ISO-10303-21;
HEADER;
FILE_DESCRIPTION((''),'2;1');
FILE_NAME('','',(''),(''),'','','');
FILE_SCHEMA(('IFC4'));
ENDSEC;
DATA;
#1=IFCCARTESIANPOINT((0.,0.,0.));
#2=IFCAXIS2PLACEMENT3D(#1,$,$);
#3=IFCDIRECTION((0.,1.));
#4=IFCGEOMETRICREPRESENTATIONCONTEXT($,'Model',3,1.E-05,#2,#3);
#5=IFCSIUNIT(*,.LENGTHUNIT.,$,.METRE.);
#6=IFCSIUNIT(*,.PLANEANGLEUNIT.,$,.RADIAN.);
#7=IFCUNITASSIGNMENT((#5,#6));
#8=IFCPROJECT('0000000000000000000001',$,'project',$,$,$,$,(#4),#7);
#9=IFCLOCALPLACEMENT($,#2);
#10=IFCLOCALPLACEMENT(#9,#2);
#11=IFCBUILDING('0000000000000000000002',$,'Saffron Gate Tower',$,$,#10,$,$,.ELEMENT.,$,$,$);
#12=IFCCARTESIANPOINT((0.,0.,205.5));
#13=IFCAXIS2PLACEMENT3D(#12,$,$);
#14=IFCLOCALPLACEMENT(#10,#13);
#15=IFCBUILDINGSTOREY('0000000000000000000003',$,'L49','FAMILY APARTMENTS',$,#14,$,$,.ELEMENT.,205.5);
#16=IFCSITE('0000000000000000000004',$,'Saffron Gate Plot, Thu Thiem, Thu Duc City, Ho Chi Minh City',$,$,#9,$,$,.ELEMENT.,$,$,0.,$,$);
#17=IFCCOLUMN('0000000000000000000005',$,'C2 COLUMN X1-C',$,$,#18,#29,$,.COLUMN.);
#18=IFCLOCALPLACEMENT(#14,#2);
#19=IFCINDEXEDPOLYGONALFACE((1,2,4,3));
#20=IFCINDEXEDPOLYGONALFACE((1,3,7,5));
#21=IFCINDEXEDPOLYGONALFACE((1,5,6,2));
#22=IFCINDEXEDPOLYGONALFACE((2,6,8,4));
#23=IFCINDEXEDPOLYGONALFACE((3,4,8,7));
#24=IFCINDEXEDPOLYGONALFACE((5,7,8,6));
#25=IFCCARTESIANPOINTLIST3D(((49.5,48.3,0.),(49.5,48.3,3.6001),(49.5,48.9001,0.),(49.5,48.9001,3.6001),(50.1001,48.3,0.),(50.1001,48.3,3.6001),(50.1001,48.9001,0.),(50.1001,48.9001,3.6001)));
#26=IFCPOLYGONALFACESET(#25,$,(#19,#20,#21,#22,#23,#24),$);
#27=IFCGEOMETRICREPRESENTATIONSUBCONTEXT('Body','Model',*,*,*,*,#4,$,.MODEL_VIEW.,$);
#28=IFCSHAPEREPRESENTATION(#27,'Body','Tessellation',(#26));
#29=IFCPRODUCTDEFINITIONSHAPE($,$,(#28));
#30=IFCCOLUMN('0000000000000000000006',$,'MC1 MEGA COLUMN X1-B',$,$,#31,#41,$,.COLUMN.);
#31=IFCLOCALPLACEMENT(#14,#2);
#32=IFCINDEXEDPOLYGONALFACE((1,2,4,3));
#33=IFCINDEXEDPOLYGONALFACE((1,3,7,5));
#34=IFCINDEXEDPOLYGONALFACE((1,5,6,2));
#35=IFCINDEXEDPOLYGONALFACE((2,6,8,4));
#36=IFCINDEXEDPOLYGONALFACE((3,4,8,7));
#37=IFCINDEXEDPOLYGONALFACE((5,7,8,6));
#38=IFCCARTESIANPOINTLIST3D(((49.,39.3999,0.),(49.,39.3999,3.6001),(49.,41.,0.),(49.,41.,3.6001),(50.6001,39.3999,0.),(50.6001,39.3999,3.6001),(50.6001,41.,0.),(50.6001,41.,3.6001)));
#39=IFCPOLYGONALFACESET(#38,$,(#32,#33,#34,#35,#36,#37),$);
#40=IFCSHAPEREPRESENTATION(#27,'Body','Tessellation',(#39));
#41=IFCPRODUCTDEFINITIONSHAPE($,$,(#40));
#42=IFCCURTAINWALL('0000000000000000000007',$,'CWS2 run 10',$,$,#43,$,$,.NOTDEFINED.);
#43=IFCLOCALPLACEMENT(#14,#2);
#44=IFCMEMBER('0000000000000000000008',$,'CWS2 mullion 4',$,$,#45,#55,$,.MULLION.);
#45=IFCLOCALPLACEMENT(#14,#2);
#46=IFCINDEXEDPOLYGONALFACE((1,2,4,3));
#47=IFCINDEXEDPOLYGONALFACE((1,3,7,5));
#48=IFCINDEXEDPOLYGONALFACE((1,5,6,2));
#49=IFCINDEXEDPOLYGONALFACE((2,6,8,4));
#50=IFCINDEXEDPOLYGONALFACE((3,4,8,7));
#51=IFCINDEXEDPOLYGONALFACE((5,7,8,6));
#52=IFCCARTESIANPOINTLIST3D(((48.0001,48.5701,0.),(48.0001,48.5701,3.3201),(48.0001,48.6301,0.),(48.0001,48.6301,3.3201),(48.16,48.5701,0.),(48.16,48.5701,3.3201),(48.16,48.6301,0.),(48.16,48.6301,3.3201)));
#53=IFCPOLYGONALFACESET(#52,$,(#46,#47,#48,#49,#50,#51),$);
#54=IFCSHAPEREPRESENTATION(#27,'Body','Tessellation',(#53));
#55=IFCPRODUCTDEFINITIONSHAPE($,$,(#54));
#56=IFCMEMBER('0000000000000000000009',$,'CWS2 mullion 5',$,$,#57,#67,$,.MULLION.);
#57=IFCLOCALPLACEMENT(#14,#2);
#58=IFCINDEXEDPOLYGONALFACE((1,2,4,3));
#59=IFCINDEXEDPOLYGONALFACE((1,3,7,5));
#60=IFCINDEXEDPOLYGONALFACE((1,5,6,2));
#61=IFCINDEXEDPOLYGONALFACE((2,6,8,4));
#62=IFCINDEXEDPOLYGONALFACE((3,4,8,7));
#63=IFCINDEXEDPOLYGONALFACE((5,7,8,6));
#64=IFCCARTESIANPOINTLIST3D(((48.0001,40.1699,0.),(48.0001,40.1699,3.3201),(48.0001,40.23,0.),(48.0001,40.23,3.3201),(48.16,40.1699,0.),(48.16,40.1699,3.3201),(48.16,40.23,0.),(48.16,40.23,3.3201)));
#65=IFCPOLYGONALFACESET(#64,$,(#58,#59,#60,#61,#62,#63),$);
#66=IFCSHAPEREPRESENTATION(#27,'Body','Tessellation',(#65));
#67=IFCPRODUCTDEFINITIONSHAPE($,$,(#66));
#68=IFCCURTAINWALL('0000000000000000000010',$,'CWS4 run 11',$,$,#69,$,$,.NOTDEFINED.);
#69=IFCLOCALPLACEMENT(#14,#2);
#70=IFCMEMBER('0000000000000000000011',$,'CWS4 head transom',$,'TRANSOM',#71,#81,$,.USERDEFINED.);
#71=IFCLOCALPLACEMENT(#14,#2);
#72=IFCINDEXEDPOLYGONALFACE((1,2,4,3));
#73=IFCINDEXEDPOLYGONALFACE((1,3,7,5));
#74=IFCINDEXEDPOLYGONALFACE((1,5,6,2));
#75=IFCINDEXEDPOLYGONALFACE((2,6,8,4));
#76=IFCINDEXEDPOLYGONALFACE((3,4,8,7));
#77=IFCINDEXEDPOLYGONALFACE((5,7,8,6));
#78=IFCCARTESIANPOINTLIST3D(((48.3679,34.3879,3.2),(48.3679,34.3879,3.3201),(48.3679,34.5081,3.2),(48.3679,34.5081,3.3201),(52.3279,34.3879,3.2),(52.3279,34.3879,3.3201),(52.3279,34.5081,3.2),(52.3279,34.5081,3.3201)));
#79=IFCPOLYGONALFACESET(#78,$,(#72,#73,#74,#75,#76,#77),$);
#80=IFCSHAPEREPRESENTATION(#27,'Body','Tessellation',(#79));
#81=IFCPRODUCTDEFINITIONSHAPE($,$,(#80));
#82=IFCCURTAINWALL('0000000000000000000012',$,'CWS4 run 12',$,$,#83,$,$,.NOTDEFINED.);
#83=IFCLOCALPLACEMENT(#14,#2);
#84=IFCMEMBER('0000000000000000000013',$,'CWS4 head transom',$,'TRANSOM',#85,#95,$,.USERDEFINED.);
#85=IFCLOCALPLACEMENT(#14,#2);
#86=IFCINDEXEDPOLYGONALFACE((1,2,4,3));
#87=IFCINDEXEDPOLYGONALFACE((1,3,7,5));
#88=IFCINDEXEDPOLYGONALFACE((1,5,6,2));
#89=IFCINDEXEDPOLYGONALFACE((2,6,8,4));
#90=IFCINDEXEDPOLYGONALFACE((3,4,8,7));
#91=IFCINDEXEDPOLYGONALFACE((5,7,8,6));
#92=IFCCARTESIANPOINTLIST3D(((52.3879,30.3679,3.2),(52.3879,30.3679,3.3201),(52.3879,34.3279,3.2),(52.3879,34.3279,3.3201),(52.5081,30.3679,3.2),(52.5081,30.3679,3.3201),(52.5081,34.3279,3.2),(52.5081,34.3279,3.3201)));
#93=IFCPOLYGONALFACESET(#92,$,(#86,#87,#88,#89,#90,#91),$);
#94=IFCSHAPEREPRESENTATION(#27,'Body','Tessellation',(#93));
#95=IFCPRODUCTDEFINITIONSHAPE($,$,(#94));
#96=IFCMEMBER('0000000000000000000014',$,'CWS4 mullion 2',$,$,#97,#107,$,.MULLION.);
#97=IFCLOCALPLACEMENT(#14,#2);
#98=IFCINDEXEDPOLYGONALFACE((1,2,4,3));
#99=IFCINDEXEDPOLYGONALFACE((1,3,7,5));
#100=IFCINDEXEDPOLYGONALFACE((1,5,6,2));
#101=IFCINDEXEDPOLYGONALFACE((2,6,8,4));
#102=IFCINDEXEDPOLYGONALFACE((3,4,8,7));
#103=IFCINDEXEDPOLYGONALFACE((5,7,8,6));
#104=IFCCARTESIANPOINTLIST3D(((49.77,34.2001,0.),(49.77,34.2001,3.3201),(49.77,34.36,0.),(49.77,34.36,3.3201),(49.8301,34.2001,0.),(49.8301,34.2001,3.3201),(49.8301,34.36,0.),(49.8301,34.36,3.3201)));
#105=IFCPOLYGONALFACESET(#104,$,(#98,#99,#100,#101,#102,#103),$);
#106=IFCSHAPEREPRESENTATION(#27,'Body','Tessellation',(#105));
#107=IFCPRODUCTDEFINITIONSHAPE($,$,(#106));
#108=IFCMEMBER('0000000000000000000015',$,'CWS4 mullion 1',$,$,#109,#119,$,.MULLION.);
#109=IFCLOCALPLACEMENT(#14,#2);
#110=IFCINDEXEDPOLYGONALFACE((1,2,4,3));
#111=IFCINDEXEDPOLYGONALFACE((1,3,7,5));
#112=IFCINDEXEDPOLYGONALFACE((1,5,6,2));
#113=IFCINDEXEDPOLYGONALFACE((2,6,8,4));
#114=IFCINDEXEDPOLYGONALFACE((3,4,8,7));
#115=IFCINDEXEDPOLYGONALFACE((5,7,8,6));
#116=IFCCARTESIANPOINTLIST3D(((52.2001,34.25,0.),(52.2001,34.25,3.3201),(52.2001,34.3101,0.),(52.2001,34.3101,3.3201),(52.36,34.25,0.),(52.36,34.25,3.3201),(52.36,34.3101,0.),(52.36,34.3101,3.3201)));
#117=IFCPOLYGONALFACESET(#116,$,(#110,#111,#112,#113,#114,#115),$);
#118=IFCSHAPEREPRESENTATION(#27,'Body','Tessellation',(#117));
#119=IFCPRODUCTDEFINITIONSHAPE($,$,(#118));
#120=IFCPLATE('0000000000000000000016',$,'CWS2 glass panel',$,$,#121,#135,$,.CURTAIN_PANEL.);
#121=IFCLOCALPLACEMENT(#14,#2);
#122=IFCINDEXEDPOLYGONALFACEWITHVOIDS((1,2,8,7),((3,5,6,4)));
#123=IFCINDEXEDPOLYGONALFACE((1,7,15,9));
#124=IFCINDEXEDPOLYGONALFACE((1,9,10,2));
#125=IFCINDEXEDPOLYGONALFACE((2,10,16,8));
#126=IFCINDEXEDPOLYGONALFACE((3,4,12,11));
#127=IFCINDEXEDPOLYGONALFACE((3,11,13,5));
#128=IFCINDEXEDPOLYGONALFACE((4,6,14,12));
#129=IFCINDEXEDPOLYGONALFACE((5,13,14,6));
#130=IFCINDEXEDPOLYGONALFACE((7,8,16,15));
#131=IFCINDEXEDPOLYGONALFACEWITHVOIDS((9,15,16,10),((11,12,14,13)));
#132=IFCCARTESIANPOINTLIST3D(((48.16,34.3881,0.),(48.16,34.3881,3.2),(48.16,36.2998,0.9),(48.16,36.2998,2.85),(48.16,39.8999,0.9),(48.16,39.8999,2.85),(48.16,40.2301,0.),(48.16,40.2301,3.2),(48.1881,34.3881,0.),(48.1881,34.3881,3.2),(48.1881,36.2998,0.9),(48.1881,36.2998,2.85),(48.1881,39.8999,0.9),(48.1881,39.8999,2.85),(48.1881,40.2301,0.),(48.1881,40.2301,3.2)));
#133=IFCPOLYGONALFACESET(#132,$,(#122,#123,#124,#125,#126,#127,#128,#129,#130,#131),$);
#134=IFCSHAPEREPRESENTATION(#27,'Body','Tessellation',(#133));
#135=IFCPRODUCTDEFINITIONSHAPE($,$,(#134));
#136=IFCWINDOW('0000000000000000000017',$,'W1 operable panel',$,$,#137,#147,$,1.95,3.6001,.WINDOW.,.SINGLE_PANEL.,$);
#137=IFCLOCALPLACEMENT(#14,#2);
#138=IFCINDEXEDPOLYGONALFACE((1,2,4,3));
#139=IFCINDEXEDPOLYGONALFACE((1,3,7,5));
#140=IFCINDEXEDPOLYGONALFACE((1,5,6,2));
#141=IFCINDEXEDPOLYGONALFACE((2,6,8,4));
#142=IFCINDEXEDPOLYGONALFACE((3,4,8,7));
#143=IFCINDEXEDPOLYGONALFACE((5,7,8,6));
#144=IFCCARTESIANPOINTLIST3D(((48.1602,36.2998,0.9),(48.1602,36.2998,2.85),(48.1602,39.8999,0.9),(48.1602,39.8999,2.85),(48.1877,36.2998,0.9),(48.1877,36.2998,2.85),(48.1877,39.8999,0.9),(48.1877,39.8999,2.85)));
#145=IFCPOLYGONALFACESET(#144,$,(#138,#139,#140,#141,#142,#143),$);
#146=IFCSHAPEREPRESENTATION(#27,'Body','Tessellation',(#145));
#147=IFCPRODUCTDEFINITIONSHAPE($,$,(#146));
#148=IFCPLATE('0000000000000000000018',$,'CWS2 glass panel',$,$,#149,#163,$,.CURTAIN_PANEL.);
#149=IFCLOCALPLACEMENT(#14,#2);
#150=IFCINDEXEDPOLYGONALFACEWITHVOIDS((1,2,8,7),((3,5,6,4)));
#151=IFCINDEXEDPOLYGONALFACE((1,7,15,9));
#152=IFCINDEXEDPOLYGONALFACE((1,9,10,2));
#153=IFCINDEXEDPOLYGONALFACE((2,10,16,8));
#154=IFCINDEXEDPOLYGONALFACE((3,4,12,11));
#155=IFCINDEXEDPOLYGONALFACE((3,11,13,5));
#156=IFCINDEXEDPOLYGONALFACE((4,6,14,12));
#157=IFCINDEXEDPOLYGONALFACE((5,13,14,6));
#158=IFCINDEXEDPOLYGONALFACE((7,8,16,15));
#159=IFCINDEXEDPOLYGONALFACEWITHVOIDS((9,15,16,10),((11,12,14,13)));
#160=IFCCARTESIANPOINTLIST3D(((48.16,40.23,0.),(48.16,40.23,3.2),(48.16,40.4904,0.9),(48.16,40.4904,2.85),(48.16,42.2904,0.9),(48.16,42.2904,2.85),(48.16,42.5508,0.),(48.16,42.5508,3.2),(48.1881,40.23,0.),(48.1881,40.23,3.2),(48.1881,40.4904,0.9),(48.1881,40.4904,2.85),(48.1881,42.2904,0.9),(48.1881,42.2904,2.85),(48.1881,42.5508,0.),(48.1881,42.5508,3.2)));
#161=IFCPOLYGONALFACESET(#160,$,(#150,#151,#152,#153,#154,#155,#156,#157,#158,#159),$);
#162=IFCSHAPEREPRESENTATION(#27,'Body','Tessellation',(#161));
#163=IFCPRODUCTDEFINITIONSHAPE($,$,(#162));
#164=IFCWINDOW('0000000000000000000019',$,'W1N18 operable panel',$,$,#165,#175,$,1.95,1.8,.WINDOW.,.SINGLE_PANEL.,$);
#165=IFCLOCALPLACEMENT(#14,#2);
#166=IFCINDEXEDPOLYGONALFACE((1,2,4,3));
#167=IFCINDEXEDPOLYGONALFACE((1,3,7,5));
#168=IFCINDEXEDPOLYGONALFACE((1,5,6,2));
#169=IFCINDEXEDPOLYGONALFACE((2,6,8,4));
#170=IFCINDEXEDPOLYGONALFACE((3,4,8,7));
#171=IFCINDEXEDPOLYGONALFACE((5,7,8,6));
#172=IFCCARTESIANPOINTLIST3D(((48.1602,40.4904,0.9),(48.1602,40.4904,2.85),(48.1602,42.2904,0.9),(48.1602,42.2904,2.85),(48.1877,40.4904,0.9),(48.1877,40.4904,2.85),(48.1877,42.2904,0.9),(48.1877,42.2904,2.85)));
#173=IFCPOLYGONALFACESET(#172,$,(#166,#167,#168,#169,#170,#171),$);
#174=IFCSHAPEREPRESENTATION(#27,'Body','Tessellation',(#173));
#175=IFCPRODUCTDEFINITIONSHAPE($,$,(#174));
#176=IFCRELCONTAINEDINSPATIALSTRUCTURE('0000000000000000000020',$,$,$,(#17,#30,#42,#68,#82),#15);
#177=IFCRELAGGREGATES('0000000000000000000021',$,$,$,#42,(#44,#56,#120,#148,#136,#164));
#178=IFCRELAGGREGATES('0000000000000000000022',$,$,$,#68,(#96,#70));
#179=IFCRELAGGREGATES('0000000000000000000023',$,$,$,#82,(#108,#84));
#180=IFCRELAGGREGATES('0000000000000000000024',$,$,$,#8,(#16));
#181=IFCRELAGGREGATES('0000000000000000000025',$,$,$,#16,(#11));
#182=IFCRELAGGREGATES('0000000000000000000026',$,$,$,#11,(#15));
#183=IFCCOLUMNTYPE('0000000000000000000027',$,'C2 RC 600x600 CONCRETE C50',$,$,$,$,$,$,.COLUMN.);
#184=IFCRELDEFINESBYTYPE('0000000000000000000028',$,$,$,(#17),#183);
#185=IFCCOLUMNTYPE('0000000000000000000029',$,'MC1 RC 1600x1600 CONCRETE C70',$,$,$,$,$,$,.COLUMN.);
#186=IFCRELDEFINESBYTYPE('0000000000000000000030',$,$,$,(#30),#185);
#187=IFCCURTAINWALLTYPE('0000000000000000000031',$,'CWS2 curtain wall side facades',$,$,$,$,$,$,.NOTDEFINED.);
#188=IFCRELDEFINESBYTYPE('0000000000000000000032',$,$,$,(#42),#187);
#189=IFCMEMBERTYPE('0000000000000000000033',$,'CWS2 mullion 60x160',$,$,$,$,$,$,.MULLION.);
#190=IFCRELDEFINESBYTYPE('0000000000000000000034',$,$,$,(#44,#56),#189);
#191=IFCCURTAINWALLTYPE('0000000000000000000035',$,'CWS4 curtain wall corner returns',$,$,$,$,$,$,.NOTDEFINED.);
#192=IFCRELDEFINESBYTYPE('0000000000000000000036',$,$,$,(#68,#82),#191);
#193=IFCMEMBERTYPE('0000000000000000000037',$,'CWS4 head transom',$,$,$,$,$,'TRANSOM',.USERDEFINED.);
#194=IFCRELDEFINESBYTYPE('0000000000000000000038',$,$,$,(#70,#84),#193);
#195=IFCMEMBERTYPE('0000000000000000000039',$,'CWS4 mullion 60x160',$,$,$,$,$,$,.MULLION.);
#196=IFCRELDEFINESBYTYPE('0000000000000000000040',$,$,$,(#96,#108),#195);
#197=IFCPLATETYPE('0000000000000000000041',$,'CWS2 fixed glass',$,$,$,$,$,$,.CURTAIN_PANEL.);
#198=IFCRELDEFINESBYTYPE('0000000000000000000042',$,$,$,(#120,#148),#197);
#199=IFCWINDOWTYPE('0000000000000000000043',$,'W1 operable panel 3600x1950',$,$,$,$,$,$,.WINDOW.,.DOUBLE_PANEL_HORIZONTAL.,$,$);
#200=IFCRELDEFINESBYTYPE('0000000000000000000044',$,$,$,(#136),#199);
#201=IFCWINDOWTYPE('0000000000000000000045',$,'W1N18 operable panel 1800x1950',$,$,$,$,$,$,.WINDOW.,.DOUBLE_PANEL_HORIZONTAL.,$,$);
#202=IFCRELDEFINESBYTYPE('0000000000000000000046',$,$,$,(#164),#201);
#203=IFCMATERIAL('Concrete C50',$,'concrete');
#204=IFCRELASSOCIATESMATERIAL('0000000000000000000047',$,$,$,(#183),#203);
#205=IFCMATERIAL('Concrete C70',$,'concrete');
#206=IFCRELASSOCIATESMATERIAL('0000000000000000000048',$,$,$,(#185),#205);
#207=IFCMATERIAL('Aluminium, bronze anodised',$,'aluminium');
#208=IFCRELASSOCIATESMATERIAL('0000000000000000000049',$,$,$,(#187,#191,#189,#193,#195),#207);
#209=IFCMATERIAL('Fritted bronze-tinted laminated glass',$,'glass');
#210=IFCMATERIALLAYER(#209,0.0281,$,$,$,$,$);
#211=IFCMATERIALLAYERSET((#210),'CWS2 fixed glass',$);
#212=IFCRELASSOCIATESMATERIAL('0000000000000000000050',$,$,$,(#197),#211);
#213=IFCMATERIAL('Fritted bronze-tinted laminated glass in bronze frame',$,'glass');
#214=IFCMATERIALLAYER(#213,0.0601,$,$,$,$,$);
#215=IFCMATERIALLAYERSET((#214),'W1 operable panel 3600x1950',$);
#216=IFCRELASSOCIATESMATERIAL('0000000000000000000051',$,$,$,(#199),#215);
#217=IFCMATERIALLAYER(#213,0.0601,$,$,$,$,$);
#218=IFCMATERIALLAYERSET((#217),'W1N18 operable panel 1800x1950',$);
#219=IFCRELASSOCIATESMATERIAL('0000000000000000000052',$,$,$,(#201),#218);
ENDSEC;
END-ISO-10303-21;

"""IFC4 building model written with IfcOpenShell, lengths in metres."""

from ifc_helpers import new_model, si_unit, direction, frame, frame_2d, origin, origin_2d, place, context, subcontext, project, spatial, rectangle, extrude, material, layer, layer_set, material_profile, profile_set, type_object, element, fill, aggregate, save


model = new_model("IFC4")

# Units and contexts
model_context = context("Model", 3, precision=1e-05, world=origin(), true_north=direction((0.0, 1.0)))
body_context = subcontext(model_context, "Body", "Model", "MODEL_VIEW")
ifc_project = project(units=[si_unit("LENGTHUNIT", "METRE"), si_unit("PLANEANGLEUNIT", "RADIAN")], contexts=[model_context])

# Site, building, storey
site_placement = place(None, origin())
site = spatial("IfcSite", under=ifc_project, at=site_placement, Name="Saffron Gate Plot, Thu Thiem, Thu Duc City, Ho Chi Minh City", CompositionType="ELEMENT", RefElevation=0.0)
building_placement = place(site_placement, origin())
building = spatial("IfcBuilding", under=site, at=building_placement, Name="Saffron Gate Tower", CompositionType="ELEMENT")
storey_placement = place(building_placement, frame((0.0, 0.0, 205.5)))
storey = spatial("IfcBuildingStorey", under=building, at=storey_placement, Name="L49", Description="FAMILY APARTMENTS", CompositionType="ELEMENT", Elevation=205.5)

# Columns
ifc_material_1 = material(Name="Concrete C50", Category="concrete")
ifc_material_profile_1 = material_profile(ifc_material_1, rectangle(XDim=0.6001, YDim=0.6001, at=origin_2d()))
ifc_profile_set_1 = profile_set([ifc_material_profile_1], Name="Concrete C50")
column_type_1 = type_object("IfcColumnType", Name="C2 RC 600x600 CONCRETE C50", PredefinedType="COLUMN", material=ifc_profile_set_1)
column_1_placement = place(storey_placement, frame((49.8, 48.6001, 0.0), z_axis=(0.0, 0.0, 1.0), x_axis=(1.0, 0.0, 0.0)))
element("IfcColumn", 1, at=column_1_placement, inside=storey, type_object=column_type_1, Name="C2 COLUMN X1-C", PredefinedType="COLUMN", context=body_context, shape_type="SweptSolid", body=[
    extrude(rectangle(XDim=0.6001, YDim=0.6001, at=origin_2d()), origin(), (0.0, 0.0, 1.0), 3.6001),
])
ifc_material_2 = material(Name="Concrete C70", Category="concrete")
ifc_material_profile_2 = material_profile(ifc_material_2, rectangle(XDim=1.6001, YDim=1.6001, at=origin_2d()))
ifc_profile_set_2 = profile_set([ifc_material_profile_2], Name="Concrete C70")
column_type_2 = type_object("IfcColumnType", Name="MC1 RC 1600x1600 CONCRETE C70", PredefinedType="COLUMN", material=ifc_profile_set_2)
column_2_placement = place(storey_placement, frame((49.8, 40.2, 0.0), z_axis=(0.0, 0.0, 1.0), x_axis=(1.0, 0.0, 0.0)))
element("IfcColumn", 2, at=column_2_placement, inside=storey, type_object=column_type_2, Name="MC1 MEGA COLUMN X1-B", PredefinedType="COLUMN", context=body_context, shape_type="SweptSolid", body=[
    extrude(rectangle(XDim=1.6001, YDim=1.6001, at=origin_2d()), origin(), (0.0, 0.0, 1.0), 3.6001),
])

# Curtain wall, members
ifc_material_3 = material(Name="Aluminium, bronze anodised", Category="aluminium")
curtain_wall_type_1 = type_object("IfcCurtainWallType", Name="CWS2 curtain wall side facades", PredefinedType="NOTDEFINED", material=ifc_material_3)
curtain_wall_1_placement = place(storey_placement, origin())
curtain_wall_1 = element("IfcCurtainWall", 3, at=curtain_wall_1_placement, inside=storey, type_object=curtain_wall_type_1, Name="CWS2 run 10", PredefinedType="NOTDEFINED")
ifc_material_profile_3 = material_profile(ifc_material_3, rectangle(XDim=0.1599, YDim=0.0601, at=origin_2d()))
ifc_profile_set_3 = profile_set([ifc_material_profile_3], Name="Aluminium, bronze anodised")
member_type_1 = type_object("IfcMemberType", Name="CWS2 mullion 60x160", PredefinedType="MULLION", material=ifc_profile_set_3)
member_1_placement = place(storey_placement, frame((48.0801, 48.6001, 0.0), z_axis=(0.0, 0.0, 1.0), x_axis=(1.0, 0.0, 0.0)))
member_1 = element("IfcMember", 4, at=member_1_placement, type_object=member_type_1, Name="CWS2 mullion 4", PredefinedType="MULLION", context=body_context, shape_type="SweptSolid", body=[
    extrude(rectangle(XDim=0.1599, YDim=0.0601, at=origin_2d()), origin(), (0.0, 0.0, 1.0), 3.3201),
])
member_2_placement = place(storey_placement, frame((48.0801, 40.2, 0.0), z_axis=(0.0, 0.0, 1.0), x_axis=(1.0, 0.0, 0.0)))
member_2 = element("IfcMember", 5, at=member_2_placement, type_object=member_type_1, Name="CWS2 mullion 5", PredefinedType="MULLION", context=body_context, shape_type="SweptSolid", body=[
    extrude(rectangle(XDim=0.1599, YDim=0.0601, at=origin_2d()), origin(), (0.0, 0.0, 1.0), 3.3201),
])

# Curtain walls, members
curtain_wall_type_2 = type_object("IfcCurtainWallType", Name="CWS4 curtain wall corner returns", PredefinedType="NOTDEFINED", material=ifc_material_3)
curtain_wall_2_placement = place(storey_placement, origin())
curtain_wall_2 = element("IfcCurtainWall", 6, at=curtain_wall_2_placement, inside=storey, type_object=curtain_wall_type_2, Name="CWS4 run 11", PredefinedType="NOTDEFINED")
ifc_material_profile_4 = material_profile(ifc_material_3, rectangle(XDim=0.1201, YDim=0.1201, at=origin_2d()))
ifc_profile_set_4 = profile_set([ifc_material_profile_4], Name="Aluminium, bronze anodised")
member_type_2 = type_object("IfcMemberType", Name="CWS4 head transom", ElementType="TRANSOM", PredefinedType="USERDEFINED", material=ifc_profile_set_4)
member_3_placement = place(storey_placement, frame((48.3679, 34.448, 3.26), z_axis=(1.0, 0.0, 0.0), x_axis=(0.0, 1.0, 0.0)))
member_3 = element("IfcMember", 7, at=member_3_placement, type_object=member_type_2, Name="CWS4 head transom", ObjectType="TRANSOM", PredefinedType="USERDEFINED", context=body_context, shape_type="SweptSolid", body=[
    extrude(rectangle(XDim=0.1201, YDim=0.1201, at=origin_2d()), origin(), (0.0, 0.0, 1.0), 3.96),
])
curtain_wall_3_placement = place(storey_placement, origin())
curtain_wall_3 = element("IfcCurtainWall", 8, at=curtain_wall_3_placement, inside=storey, type_object=curtain_wall_type_2, Name="CWS4 run 12", PredefinedType="NOTDEFINED")
member_4_placement = place(storey_placement, frame((52.448, 34.3279, 3.26), z_axis=(0.0, -1.0, 0.0), x_axis=(1.0, 0.0, 0.0)))
member_4 = element("IfcMember", 9, at=member_4_placement, type_object=member_type_2, Name="CWS4 head transom", ObjectType="TRANSOM", PredefinedType="USERDEFINED", context=body_context, shape_type="SweptSolid", body=[
    extrude(rectangle(XDim=0.1201, YDim=0.1201, at=origin_2d()), origin(), (0.0, 0.0, 1.0), 3.96),
])

# Members
ifc_material_profile_5 = material_profile(ifc_material_3, rectangle(XDim=0.1599, YDim=0.0601, at=origin_2d()))
ifc_profile_set_5 = profile_set([ifc_material_profile_5], Name="Aluminium, bronze anodised")
member_type_3 = type_object("IfcMemberType", Name="CWS4 mullion 60x160", PredefinedType="MULLION", material=ifc_profile_set_5)
member_5_placement = place(storey_placement, frame((49.8, 34.28, 0.0), z_axis=(0.0, 0.0, 1.0), x_axis=(0.0, 1.0, 0.0)))
member_5 = element("IfcMember", 10, at=member_5_placement, type_object=member_type_3, Name="CWS4 mullion 2", PredefinedType="MULLION", context=body_context, shape_type="SweptSolid", body=[
    extrude(rectangle(XDim=0.1599, YDim=0.0601, at=origin_2d()), origin(), (0.0, 0.0, 1.0), 3.3201),
])
member_6_placement = place(storey_placement, frame((52.28, 34.28, 0.0), z_axis=(0.0, 0.0, 1.0), x_axis=(1.0, 0.0, 0.0)))
member_6 = element("IfcMember", 11, at=member_6_placement, type_object=member_type_3, Name="CWS4 mullion 1", PredefinedType="MULLION", context=body_context, shape_type="SweptSolid", body=[
    extrude(rectangle(XDim=0.1599, YDim=0.0601, at=origin_2d()), origin(), (0.0, 0.0, 1.0), 3.3201),
])

# Plates, openings, windows
ifc_material_4 = material(Name="Fritted bronze-tinted laminated glass", Category="glass")
ifc_layer_1 = layer(ifc_material_4, 0.0281)
ifc_layer_set_1 = layer_set([ifc_layer_1], Name="CWS2 fixed glass")
plate_type_1 = type_object("IfcPlateType", Name="CWS2 fixed glass", PredefinedType="CURTAIN_PANEL", material=ifc_layer_set_1)
plate_1_placement = place(storey_placement, frame((48.1741, 40.23, 0.0), z_axis=(0.0, 0.0, 1.0), x_axis=(0.0, -1.0, 0.0)))
plate_1 = element("IfcPlate", 12, at=plate_1_placement, type_object=plate_type_1, Name="CWS2 glass panel", PredefinedType="CURTAIN_PANEL", context=body_context, shape_type="SweptSolid", body=[
    extrude(rectangle(XDim=5.842, YDim=0.0281, at=frame_2d((2.9209, 0.0))), origin(), (0.0, 0.0, 1.0), 3.2),
])
opening_1_placement = place(plate_1_placement, frame((0.3301, 0.0, 0.8999)))
opening_1 = element("IfcOpeningElement", 13, at=opening_1_placement, cuts=plate_1, PredefinedType="OPENING", context=body_context, shape_type="SweptSolid", body=[
    extrude(rectangle(XDim=3.6001, YDim=1.95, at=frame_2d((1.8, 0.9751))), frame((0.0, 0.0239, 0.0), z_axis=(0.0, -1.0, 0.0), x_axis=(1.0, 0.0, 0.0)), (0.0, 0.0, 1.0), 0.0481),
])
ifc_material_5 = material(Name="Fritted bronze-tinted laminated glass in bronze frame", Category="glass")
ifc_layer_2 = layer(ifc_material_5, 0.0601)
ifc_layer_set_2 = layer_set([ifc_layer_2], Name="W1 operable panel 3600x1950")
window_type_1 = type_object("IfcWindowType", Name="W1 operable panel 3600x1950", PartitioningType="DOUBLE_PANEL_HORIZONTAL", PredefinedType="WINDOW", material=ifc_layer_set_2)
window_1_placement = place(opening_1_placement, origin())
window_1 = element("IfcWindow", 14, at=window_1_placement, type_object=window_type_1, Name="W1 operable panel", OverallHeight=1.95, OverallWidth=3.6001, PartitioningType="SINGLE_PANEL", PredefinedType="WINDOW", context=body_context, shape_type="SweptSolid", body=[
    extrude(rectangle(XDim=3.6001, YDim=1.95, at=frame_2d((1.8, 0.9751))), frame((0.0, 0.0137, 0.0), z_axis=(0.0, -1.0, 0.0), x_axis=(1.0, 0.0, 0.0)), (0.0, 0.0, 1.0), 0.0276),
])
fill(opening_1, window_1)
plate_2_placement = place(storey_placement, frame((48.1741, 42.5508, 0.0), z_axis=(0.0, 0.0, 1.0), x_axis=(0.0, -1.0, 0.0)))
plate_2 = element("IfcPlate", 15, at=plate_2_placement, type_object=plate_type_1, Name="CWS2 glass panel", PredefinedType="CURTAIN_PANEL", context=body_context, shape_type="SweptSolid", body=[
    extrude(rectangle(XDim=2.3208, YDim=0.0281, at=frame_2d((1.1604, 0.0))), origin(), (0.0, 0.0, 1.0), 3.2),
])
opening_2_placement = place(plate_2_placement, frame((0.2605, 0.0, 0.8999)))
opening_2 = element("IfcOpeningElement", 16, at=opening_2_placement, cuts=plate_2, PredefinedType="OPENING", context=body_context, shape_type="SweptSolid", body=[
    extrude(rectangle(XDim=1.8, YDim=1.95, at=frame_2d((0.8999, 0.9751))), frame((0.0, 0.0239, 0.0), z_axis=(0.0, -1.0, 0.0), x_axis=(1.0, 0.0, 0.0)), (0.0, 0.0, 1.0), 0.0481),
])
ifc_layer_3 = layer(ifc_material_5, 0.0601)
ifc_layer_set_3 = layer_set([ifc_layer_3], Name="W1N18 operable panel 1800x1950")
window_type_2 = type_object("IfcWindowType", Name="W1N18 operable panel 1800x1950", PartitioningType="DOUBLE_PANEL_HORIZONTAL", PredefinedType="WINDOW", material=ifc_layer_set_3)
window_2_placement = place(opening_2_placement, origin())
window_2 = element("IfcWindow", 17, at=window_2_placement, type_object=window_type_2, Name="W1N18 operable panel", OverallHeight=1.95, OverallWidth=1.8, PartitioningType="SINGLE_PANEL", PredefinedType="WINDOW", context=body_context, shape_type="SweptSolid", body=[
    extrude(rectangle(XDim=1.8, YDim=1.95, at=frame_2d((0.8999, 0.9751))), frame((0.0, 0.0137, 0.0), z_axis=(0.0, -1.0, 0.0), x_axis=(1.0, 0.0, 0.0)), (0.0, 0.0, 1.0), 0.0276),
])
fill(opening_2, window_2)
aggregate(curtain_wall_1, [member_1, member_2, plate_1, plate_2, window_1, window_2])

aggregate(curtain_wall_2, [member_5, member_3])
aggregate(curtain_wall_3, [member_6, member_4])

save(model, "model.ifc")
